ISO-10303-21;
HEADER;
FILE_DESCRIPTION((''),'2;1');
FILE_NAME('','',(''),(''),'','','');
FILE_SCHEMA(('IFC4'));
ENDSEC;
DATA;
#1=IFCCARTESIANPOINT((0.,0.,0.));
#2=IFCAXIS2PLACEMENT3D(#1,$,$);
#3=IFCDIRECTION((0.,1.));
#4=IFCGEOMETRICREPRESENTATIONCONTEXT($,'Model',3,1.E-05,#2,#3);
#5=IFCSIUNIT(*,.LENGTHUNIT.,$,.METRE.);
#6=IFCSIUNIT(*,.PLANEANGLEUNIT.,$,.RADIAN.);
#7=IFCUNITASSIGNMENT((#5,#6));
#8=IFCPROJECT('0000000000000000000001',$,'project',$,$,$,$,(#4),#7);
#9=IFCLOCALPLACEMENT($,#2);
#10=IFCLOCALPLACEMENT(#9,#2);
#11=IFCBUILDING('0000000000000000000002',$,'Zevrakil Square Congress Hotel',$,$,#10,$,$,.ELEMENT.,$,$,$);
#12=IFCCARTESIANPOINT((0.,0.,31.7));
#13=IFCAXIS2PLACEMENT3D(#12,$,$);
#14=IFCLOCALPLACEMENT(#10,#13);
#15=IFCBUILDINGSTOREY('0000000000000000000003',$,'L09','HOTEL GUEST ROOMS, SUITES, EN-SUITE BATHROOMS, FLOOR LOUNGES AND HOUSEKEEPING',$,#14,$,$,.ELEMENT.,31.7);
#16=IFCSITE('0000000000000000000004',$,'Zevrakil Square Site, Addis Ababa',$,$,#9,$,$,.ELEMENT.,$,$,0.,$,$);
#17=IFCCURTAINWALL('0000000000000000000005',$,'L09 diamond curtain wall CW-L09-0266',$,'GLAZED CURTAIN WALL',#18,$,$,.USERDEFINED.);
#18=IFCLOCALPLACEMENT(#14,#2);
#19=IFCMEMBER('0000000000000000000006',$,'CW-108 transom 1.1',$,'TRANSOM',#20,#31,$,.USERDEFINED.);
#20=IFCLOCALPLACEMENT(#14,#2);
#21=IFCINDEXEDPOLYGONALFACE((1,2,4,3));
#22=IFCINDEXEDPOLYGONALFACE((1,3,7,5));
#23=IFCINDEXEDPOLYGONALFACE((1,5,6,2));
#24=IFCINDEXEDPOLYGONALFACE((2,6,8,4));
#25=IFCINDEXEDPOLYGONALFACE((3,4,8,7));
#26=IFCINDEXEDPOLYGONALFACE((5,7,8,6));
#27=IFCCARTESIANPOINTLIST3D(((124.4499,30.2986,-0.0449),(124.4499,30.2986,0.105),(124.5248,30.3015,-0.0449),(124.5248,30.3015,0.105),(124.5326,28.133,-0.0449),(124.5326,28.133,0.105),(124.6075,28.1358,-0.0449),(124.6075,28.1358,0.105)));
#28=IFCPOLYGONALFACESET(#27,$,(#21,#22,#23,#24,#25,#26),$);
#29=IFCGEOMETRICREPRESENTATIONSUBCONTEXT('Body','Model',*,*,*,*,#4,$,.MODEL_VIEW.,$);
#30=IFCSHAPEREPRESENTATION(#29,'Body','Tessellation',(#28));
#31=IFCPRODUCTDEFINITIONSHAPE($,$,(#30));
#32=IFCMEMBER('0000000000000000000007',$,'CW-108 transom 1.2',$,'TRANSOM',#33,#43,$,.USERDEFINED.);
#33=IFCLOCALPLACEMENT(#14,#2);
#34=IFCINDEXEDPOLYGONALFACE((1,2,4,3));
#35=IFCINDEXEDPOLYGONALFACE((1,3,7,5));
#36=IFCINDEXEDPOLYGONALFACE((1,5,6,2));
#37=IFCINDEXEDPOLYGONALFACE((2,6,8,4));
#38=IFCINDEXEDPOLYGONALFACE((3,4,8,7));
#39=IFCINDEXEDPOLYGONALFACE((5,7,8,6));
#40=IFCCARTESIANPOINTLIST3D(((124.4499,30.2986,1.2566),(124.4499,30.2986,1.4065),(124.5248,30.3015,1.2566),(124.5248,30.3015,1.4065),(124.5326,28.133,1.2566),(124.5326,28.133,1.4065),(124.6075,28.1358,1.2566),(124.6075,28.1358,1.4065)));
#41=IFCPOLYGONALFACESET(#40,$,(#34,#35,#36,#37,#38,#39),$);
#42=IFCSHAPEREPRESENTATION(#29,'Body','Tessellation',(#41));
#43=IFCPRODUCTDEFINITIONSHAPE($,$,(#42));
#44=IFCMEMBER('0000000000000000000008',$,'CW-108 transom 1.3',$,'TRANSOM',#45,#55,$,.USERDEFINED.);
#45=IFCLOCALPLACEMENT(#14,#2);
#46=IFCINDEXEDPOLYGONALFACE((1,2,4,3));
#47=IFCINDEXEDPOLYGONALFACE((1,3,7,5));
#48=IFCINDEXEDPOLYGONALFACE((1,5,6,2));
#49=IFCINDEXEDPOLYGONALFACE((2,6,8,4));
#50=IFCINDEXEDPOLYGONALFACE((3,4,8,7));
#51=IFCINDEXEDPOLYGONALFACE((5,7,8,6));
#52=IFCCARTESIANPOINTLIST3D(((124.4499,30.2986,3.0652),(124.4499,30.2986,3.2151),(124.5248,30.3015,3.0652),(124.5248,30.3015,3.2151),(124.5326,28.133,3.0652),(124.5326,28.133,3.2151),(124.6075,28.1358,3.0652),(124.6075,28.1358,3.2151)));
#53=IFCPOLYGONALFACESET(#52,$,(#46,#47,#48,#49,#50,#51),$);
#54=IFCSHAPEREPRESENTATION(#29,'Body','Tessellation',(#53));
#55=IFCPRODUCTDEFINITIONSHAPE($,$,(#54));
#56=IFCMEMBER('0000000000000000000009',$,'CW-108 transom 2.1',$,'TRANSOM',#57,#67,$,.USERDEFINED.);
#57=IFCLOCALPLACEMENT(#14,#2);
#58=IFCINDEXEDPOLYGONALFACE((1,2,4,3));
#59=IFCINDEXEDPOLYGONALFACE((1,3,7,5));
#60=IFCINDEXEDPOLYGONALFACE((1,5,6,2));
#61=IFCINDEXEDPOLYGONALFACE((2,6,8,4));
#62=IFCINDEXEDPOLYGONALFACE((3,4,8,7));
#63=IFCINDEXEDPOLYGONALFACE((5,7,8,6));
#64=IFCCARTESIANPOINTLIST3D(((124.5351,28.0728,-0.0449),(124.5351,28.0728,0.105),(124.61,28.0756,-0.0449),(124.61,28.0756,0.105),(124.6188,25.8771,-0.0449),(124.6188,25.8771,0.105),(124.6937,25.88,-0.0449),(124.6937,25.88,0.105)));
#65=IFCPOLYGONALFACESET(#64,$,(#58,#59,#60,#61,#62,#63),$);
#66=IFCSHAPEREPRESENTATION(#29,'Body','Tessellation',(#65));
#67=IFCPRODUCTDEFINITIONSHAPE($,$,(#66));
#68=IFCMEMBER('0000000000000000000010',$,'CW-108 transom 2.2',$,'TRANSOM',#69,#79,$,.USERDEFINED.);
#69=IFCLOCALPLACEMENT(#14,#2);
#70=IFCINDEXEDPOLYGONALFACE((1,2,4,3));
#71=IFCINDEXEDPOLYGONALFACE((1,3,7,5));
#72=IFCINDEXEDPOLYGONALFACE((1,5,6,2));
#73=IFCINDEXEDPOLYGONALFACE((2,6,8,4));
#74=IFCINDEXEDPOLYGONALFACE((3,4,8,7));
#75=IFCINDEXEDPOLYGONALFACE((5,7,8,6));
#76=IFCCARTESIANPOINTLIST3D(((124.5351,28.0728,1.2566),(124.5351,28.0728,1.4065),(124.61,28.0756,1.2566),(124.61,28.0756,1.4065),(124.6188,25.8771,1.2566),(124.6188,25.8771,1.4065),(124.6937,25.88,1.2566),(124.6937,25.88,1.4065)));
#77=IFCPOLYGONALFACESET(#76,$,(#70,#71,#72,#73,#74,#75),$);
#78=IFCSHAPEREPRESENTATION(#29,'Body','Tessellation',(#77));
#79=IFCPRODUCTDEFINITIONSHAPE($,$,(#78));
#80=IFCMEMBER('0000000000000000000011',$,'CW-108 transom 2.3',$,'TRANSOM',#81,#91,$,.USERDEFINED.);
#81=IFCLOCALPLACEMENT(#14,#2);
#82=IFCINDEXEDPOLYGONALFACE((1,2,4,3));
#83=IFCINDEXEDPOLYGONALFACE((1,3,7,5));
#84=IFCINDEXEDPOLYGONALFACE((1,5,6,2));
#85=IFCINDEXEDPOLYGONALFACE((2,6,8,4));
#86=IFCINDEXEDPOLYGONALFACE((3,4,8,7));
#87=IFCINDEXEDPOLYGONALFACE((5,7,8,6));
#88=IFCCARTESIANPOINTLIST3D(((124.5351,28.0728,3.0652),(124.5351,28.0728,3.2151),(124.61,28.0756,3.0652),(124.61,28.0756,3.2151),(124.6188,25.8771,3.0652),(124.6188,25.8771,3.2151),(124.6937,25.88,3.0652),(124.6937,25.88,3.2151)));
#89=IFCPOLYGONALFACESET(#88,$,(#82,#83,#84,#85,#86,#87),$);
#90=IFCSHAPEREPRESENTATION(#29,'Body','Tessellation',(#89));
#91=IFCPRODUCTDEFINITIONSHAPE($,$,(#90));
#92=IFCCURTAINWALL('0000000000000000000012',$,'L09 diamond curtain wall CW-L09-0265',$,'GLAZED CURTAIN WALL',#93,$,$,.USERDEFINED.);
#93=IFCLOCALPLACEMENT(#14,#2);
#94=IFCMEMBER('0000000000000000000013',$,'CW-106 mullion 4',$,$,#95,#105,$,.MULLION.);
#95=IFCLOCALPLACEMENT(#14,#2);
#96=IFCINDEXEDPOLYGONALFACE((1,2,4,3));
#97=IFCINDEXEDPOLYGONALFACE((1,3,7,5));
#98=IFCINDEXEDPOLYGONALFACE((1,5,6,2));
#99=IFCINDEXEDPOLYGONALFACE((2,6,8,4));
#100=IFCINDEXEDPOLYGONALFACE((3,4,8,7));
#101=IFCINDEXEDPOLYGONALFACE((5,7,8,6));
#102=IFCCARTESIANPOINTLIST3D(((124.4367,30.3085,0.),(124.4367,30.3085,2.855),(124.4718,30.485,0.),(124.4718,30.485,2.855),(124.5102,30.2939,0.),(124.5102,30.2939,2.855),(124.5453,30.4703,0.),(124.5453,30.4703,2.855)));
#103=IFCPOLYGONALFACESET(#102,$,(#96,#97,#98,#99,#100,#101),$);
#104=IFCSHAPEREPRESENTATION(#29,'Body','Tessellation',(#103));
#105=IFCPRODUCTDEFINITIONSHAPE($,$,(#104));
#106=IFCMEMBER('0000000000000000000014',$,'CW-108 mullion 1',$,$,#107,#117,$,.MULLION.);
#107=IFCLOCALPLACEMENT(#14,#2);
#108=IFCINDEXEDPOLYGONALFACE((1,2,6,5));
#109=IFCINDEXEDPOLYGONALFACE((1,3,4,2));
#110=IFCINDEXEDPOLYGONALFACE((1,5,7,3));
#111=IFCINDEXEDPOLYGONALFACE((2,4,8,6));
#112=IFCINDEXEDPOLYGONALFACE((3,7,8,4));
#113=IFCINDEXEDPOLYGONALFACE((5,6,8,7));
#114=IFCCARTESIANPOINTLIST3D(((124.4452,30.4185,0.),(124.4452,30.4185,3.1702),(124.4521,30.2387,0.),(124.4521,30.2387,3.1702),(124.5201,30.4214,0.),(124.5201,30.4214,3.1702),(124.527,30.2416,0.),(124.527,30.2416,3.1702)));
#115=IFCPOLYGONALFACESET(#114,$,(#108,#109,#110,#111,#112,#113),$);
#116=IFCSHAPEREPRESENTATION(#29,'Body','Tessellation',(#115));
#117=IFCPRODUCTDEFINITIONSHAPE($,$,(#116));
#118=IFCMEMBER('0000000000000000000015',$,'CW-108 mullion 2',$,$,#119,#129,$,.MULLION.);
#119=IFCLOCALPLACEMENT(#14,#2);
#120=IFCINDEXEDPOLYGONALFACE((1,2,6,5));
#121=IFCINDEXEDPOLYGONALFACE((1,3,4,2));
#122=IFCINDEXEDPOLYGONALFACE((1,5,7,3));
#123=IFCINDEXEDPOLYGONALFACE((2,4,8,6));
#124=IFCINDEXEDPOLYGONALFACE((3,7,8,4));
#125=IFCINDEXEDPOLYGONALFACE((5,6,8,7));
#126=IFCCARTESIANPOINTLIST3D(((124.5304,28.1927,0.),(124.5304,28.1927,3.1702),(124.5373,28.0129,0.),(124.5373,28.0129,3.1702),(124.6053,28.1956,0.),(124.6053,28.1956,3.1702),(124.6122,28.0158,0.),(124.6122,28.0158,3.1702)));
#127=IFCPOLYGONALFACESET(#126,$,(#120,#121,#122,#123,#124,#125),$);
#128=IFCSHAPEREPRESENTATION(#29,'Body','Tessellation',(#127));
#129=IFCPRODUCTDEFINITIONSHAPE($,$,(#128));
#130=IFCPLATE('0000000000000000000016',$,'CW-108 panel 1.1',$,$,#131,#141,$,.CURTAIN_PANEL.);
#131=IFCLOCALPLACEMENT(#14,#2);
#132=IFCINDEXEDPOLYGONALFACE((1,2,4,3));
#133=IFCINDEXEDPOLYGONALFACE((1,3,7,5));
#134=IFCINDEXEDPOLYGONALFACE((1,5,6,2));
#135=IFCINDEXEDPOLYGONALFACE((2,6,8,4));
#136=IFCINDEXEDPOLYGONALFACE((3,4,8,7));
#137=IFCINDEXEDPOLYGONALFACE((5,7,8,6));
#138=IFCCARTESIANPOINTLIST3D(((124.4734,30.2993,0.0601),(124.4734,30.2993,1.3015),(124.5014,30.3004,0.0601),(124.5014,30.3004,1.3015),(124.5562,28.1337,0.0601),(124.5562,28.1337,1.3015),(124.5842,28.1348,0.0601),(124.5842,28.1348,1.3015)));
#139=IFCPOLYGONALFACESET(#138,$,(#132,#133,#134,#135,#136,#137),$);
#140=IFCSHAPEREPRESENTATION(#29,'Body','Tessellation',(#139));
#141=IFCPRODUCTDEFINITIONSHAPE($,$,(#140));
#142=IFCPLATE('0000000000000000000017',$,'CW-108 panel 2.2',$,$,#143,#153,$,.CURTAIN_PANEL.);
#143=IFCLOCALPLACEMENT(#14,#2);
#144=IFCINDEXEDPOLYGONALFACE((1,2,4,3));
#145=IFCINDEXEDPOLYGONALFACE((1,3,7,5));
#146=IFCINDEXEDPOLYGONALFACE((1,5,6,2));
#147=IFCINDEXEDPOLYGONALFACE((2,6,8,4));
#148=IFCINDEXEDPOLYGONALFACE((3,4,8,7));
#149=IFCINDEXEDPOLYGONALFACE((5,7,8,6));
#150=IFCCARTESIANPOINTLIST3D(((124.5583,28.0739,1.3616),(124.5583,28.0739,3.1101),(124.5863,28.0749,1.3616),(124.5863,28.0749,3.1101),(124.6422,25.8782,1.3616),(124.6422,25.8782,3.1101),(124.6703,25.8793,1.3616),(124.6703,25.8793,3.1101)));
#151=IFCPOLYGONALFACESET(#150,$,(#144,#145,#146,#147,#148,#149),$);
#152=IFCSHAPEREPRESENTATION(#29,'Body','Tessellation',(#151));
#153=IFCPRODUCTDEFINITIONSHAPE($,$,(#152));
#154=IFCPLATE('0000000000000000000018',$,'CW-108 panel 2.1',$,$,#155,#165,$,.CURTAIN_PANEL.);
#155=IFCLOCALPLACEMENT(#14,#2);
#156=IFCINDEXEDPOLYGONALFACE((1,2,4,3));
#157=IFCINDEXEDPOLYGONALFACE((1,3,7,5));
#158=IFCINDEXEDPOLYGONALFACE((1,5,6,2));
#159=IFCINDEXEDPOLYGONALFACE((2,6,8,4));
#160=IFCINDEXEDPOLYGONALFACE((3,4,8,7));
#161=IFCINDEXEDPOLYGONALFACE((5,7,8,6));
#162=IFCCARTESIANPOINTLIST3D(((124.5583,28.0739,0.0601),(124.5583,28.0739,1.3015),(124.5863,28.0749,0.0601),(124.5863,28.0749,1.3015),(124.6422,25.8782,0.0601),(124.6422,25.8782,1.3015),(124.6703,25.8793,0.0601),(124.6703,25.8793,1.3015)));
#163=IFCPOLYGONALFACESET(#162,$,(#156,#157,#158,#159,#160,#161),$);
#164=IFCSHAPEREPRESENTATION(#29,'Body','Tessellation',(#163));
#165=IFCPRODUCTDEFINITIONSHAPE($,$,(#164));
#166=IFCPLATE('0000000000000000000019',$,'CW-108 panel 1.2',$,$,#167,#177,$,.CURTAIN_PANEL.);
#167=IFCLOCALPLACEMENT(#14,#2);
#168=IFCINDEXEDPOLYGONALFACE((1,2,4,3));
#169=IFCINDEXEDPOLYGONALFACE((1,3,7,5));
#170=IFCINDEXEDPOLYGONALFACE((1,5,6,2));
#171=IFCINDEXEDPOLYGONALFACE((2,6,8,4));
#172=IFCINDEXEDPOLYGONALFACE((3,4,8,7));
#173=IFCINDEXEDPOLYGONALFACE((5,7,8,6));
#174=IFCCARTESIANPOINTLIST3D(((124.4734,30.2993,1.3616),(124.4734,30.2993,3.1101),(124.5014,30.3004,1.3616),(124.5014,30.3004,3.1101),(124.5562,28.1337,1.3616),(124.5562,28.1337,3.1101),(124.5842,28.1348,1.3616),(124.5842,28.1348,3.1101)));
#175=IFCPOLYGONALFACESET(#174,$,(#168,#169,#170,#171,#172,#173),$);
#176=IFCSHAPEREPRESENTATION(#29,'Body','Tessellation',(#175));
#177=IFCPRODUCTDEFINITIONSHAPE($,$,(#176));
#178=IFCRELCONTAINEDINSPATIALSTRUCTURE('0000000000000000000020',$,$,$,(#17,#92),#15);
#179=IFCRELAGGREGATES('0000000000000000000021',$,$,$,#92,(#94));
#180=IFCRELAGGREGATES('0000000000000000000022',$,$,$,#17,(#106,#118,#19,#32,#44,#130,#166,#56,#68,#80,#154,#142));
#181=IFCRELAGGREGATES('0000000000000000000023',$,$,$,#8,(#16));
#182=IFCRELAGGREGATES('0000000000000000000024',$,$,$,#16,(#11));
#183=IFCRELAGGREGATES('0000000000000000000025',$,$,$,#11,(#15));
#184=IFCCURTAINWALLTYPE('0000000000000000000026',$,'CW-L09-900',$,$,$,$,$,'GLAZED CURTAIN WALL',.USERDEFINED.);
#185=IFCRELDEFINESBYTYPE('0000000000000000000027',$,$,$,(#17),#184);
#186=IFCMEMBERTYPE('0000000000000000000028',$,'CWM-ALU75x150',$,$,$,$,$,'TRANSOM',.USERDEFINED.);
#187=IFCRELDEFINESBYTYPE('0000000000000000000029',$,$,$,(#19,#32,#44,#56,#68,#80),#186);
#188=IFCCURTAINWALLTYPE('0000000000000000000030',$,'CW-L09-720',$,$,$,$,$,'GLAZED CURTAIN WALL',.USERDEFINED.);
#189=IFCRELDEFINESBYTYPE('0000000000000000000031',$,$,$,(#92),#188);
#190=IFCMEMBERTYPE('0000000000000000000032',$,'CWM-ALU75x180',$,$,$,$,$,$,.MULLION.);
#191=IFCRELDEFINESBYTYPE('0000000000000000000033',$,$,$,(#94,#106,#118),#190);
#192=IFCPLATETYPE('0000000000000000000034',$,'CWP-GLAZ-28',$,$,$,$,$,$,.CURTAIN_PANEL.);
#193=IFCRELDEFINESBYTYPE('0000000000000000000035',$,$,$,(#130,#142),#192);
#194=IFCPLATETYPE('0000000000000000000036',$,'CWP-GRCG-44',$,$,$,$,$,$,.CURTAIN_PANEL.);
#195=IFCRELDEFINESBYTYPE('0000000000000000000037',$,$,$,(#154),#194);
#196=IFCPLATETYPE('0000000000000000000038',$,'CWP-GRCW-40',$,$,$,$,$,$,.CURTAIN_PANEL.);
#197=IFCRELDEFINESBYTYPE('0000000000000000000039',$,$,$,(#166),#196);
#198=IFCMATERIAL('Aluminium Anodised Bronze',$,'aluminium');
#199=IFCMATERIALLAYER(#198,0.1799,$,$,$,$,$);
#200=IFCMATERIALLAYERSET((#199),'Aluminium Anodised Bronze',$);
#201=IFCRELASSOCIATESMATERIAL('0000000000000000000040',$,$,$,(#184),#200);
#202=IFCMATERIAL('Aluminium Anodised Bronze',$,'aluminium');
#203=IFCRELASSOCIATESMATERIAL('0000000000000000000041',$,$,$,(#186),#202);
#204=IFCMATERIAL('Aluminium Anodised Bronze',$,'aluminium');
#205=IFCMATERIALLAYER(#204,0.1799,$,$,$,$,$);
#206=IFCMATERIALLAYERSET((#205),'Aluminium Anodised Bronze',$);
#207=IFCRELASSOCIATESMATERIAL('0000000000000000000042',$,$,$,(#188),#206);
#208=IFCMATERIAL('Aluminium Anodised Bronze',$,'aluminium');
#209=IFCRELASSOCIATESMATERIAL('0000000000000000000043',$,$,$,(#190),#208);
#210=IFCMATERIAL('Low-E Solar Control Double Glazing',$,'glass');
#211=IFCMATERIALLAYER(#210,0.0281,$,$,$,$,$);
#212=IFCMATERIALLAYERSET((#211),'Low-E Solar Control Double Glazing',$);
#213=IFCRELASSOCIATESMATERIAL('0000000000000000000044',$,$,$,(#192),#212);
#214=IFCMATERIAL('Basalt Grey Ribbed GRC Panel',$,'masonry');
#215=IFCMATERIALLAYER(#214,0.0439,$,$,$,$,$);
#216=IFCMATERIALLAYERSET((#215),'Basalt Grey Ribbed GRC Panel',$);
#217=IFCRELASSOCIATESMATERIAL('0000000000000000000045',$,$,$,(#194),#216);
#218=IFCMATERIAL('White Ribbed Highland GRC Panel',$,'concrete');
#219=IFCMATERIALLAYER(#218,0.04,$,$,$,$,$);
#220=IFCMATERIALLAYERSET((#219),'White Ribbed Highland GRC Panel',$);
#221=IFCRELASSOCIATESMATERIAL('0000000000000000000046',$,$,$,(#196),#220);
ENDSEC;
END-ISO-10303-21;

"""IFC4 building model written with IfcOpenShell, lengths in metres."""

from ifc_helpers import new_model, si_unit, direction, frame, origin, origin_2d, place, context, subcontext, project, spatial, rectangle, extrude, material, layer, layer_set, material_profile, profile_set, type_object, element, aggregate, save


model = new_model("IFC4")

# Units and contexts
model_context = context("Model", 3, precision=1e-05, world=origin(), true_north=direction((0.0, 1.0)))
body_context = subcontext(model_context, "Body", "Model", "MODEL_VIEW")
ifc_project = project(units=[si_unit("LENGTHUNIT", "METRE"), si_unit("PLANEANGLEUNIT", "RADIAN")], contexts=[model_context])

# Site, building, storey
site_placement = place(None, origin())
site = spatial("IfcSite", under=ifc_project, at=site_placement, Name="Zevrakil Square Site, Addis Ababa", CompositionType="ELEMENT", RefElevation=0.0)
building_placement = place(site_placement, origin())
building = spatial("IfcBuilding", under=site, at=building_placement, Name="Zevrakil Square Congress Hotel", CompositionType="ELEMENT")
storey_placement = place(building_placement, frame((0.0, 0.0, 31.7)))
storey = spatial("IfcBuildingStorey", under=building, at=storey_placement, Name="L09", Description="HOTEL GUEST ROOMS, SUITES, EN-SUITE BATHROOMS, FLOOR LOUNGES AND HOUSEKEEPING", CompositionType="ELEMENT", Elevation=31.7)

# Curtain wall, members
ifc_material_1 = material(Name="Aluminium Anodised Bronze", Category="aluminium")
ifc_layer_1 = layer(ifc_material_1, 0.1799)
ifc_layer_set_1 = layer_set([ifc_layer_1], Name="Aluminium Anodised Bronze")
curtain_wall_type_1 = type_object("IfcCurtainWallType", Name="CW-L09-900", ElementType="GLAZED CURTAIN WALL", PredefinedType="USERDEFINED", material=ifc_layer_set_1)
curtain_wall_1_placement = place(storey_placement, origin())
curtain_wall_1 = element("IfcCurtainWall", 1, at=curtain_wall_1_placement, inside=storey, type_object=curtain_wall_type_1, Name="L09 diamond curtain wall CW-L09-0266", ObjectType="GLAZED CURTAIN WALL", PredefinedType="USERDEFINED")
ifc_material_2 = material(Name="Aluminium Anodised Bronze", Category="aluminium")
ifc_material_profile_1 = material_profile(ifc_material_2, rectangle(XDim=0.075, YDim=0.1499, at=origin_2d()), Name="ALU 75x150")
ifc_profile_set_1 = profile_set([ifc_material_profile_1], Name="Aluminium Anodised Bronze")
member_type_1 = type_object("IfcMemberType", Name="CWM-ALU75x150", ElementType="TRANSOM", PredefinedType="USERDEFINED", material=ifc_profile_set_1)
member_1_placement = place(storey_placement, frame((124.4873, 30.3, 0.03), z_axis=(0.038187, -0.999271, 0.0), x_axis=(0.999271, 0.038187, 0.0)))
member_1 = element("IfcMember", 2, at=member_1_placement, type_object=member_type_1, Name="CW-108 transom 1.1", ObjectType="TRANSOM", PredefinedType="USERDEFINED", context=body_context, shape_type="SweptSolid", body=[
    extrude(rectangle(XDim=0.075, YDim=0.1499, at=origin_2d()), origin(), (0.0, 0.0, 1.0), 2.1672),
])
member_2_placement = place(storey_placement, frame((124.4873, 30.3, 1.3315), z_axis=(0.038187, -0.999271, 0.0), x_axis=(0.999271, 0.038187, 0.0)))
member_2 = element("IfcMember", 3, at=member_2_placement, type_object=member_type_1, Name="CW-108 transom 1.2", ObjectType="TRANSOM", PredefinedType="USERDEFINED", context=body_context, shape_type="SweptSolid", body=[
    extrude(rectangle(XDim=0.075, YDim=0.1499, at=origin_2d()), origin(), (0.0, 0.0, 1.0), 2.1672),
])
member_3_placement = place(storey_placement, frame((124.4873, 30.3, 3.1401), z_axis=(0.038187, -0.999271, 0.0), x_axis=(0.999271, 0.038187, 0.0)))
member_3 = element("IfcMember", 4, at=member_3_placement, type_object=member_type_1, Name="CW-108 transom 1.3", ObjectType="TRANSOM", PredefinedType="USERDEFINED", context=body_context, shape_type="SweptSolid", body=[
    extrude(rectangle(XDim=0.075, YDim=0.1499, at=origin_2d()), origin(), (0.0, 0.0, 1.0), 2.1672),
])
member_4_placement = place(storey_placement, frame((124.5725, 28.0742, 0.03), z_axis=(0.038113, -0.999273, 0.0), x_axis=(0.999273, 0.038113, 0.0)))
member_4 = element("IfcMember", 5, at=member_4_placement, type_object=member_type_1, Name="CW-108 transom 2.1", ObjectType="TRANSOM", PredefinedType="USERDEFINED", context=body_context, shape_type="SweptSolid", body=[
    extrude(rectangle(XDim=0.075, YDim=0.1499, at=origin_2d()), origin(), (0.0, 0.0, 1.0), 2.1973),
])
member_5_placement = place(storey_placement, frame((124.5725, 28.0742, 1.3315), z_axis=(0.038113, -0.999273, 0.0), x_axis=(0.999273, 0.038113, 0.0)))
member_5 = element("IfcMember", 6, at=member_5_placement, type_object=member_type_1, Name="CW-108 transom 2.2", ObjectType="TRANSOM", PredefinedType="USERDEFINED", context=body_context, shape_type="SweptSolid", body=[
    extrude(rectangle(XDim=0.075, YDim=0.1499, at=origin_2d()), origin(), (0.0, 0.0, 1.0), 2.1973),
])
member_6_placement = place(storey_placement, frame((124.5725, 28.0742, 3.1401), z_axis=(0.038113, -0.999273, 0.0), x_axis=(0.999273, 0.038113, 0.0)))
member_6 = element("IfcMember", 7, at=member_6_placement, type_object=member_type_1, Name="CW-108 transom 2.3", ObjectType="TRANSOM", PredefinedType="USERDEFINED", context=body_context, shape_type="SweptSolid", body=[
    extrude(rectangle(XDim=0.075, YDim=0.1499, at=origin_2d()), origin(), (0.0, 0.0, 1.0), 2.1973),
])

# Curtain wall, member
ifc_material_3 = material(Name="Aluminium Anodised Bronze", Category="aluminium")
ifc_layer_2 = layer(ifc_material_3, 0.1799)
ifc_layer_set_2 = layer_set([ifc_layer_2], Name="Aluminium Anodised Bronze")
curtain_wall_type_2 = type_object("IfcCurtainWallType", Name="CW-L09-720", ElementType="GLAZED CURTAIN WALL", PredefinedType="USERDEFINED", material=ifc_layer_set_2)
curtain_wall_2_placement = place(storey_placement, origin())
curtain_wall_2 = element("IfcCurtainWall", 8, at=curtain_wall_2_placement, inside=storey, type_object=curtain_wall_type_2, Name="L09 diamond curtain wall CW-L09-0265", ObjectType="GLAZED CURTAIN WALL", PredefinedType="USERDEFINED")
ifc_material_4 = material(Name="Aluminium Anodised Bronze", Category="aluminium")
ifc_material_profile_2 = material_profile(ifc_material_4, rectangle(XDim=0.075, YDim=0.1799, at=origin_2d()), Name="ALU 75x180")
ifc_profile_set_2 = profile_set([ifc_material_profile_2], Name="Aluminium Anodised Bronze")
member_type_2 = type_object("IfcMemberType", Name="CWM-ALU75x180", PredefinedType="MULLION", material=ifc_profile_set_2)
member_7_placement = place(storey_placement, frame((124.491, 30.3894, 0.0), z_axis=(0.0, 0.0, 1.0), x_axis=(0.980787, -0.195084, 0.0)))
member_7 = element("IfcMember", 9, at=member_7_placement, type_object=member_type_2, Name="CW-106 mullion 4", PredefinedType="MULLION", context=body_context, shape_type="SweptSolid", body=[
    extrude(rectangle(XDim=0.075, YDim=0.1799, at=origin_2d()), origin(), (0.0, 0.0, 1.0), 2.855),
])
aggregate(curtain_wall_2, [member_7])

# Members
member_8_placement = place(storey_placement, frame((124.4861, 30.3301, 0.0), z_axis=(0.0, 0.0, 1.0), x_axis=(0.99927, 0.038209, 0.0)))
member_8 = element("IfcMember", 10, at=member_8_placement, type_object=member_type_2, Name="CW-108 mullion 1", PredefinedType="MULLION", context=body_context, shape_type="SweptSolid", body=[
    extrude(rectangle(XDim=0.075, YDim=0.1799, at=origin_2d()), origin(), (0.0, 0.0, 1.0), 3.1702),
])
member_9_placement = place(storey_placement, frame((124.5713, 28.1042, 0.0), z_axis=(0.0, 0.0, 1.0), x_axis=(0.99927, 0.038209, 0.0)))
member_9 = element("IfcMember", 11, at=member_9_placement, type_object=member_type_2, Name="CW-108 mullion 2", PredefinedType="MULLION", context=body_context, shape_type="SweptSolid", body=[
    extrude(rectangle(XDim=0.075, YDim=0.1799, at=origin_2d()), origin(), (0.0, 0.0, 1.0), 3.1702),
])

# Plates
ifc_material_5 = material(Name="Low-E Solar Control Double Glazing", Category="glass")
ifc_layer_3 = layer(ifc_material_5, 0.0281)
ifc_layer_set_3 = layer_set([ifc_layer_3], Name="Low-E Solar Control Double Glazing")
plate_type_1 = type_object("IfcPlateType", Name="CWP-GLAZ-28", PredefinedType="CURTAIN_PANEL", material=ifc_layer_set_3)
plate_1_placement = place(storey_placement, frame((124.5288, 29.217, 0.0601), z_axis=(0.0, 0.0, 1.0), x_axis=(0.038209, -0.99927, 0.0)))
plate_1 = element("IfcPlate", 12, at=plate_1_placement, type_object=plate_type_1, Name="CW-108 panel 1.1", PredefinedType="CURTAIN_PANEL", context=body_context, shape_type="SweptSolid", body=[
    extrude(rectangle(XDim=2.1672, YDim=0.0281, at=origin_2d()), origin(), (0.0, 0.0, 1.0), 1.2415),
])
plate_2_placement = place(storey_placement, frame((124.6143, 26.9766, 1.3616), z_axis=(0.0, 0.0, 1.0), x_axis=(0.038209, -0.99927, 0.0)))
plate_2 = element("IfcPlate", 13, at=plate_2_placement, type_object=plate_type_1, Name="CW-108 panel 2.2", PredefinedType="CURTAIN_PANEL", context=body_context, shape_type="SweptSolid", body=[
    extrude(rectangle(XDim=2.1973, YDim=0.0281, at=origin_2d()), origin(), (0.0, 0.0, 1.0), 1.7485),
])
ifc_material_6 = material(Name="Basalt Grey Ribbed GRC Panel", Category="masonry")
ifc_layer_4 = layer(ifc_material_6, 0.0439)
ifc_layer_set_4 = layer_set([ifc_layer_4], Name="Basalt Grey Ribbed GRC Panel")
plate_type_2 = type_object("IfcPlateType", Name="CWP-GRCG-44", PredefinedType="CURTAIN_PANEL", material=ifc_layer_set_4)
plate_3_placement = place(storey_placement, frame((124.6143, 26.9766, 0.0601), z_axis=(0.0, 0.0, 1.0), x_axis=(0.038209, -0.99927, 0.0)))
plate_3 = element("IfcPlate", 14, at=plate_3_placement, type_object=plate_type_2, Name="CW-108 panel 2.1", PredefinedType="CURTAIN_PANEL", context=body_context, shape_type="SweptSolid", body=[
    extrude(rectangle(XDim=2.1973, YDim=0.0281, at=origin_2d()), origin(), (0.0, 0.0, 1.0), 1.2415),
])
ifc_material_7 = material(Name="White Ribbed Highland GRC Panel", Category="concrete")
ifc_layer_5 = layer(ifc_material_7, 0.04)
ifc_layer_set_5 = layer_set([ifc_layer_5], Name="White Ribbed Highland GRC Panel")
plate_type_3 = type_object("IfcPlateType", Name="CWP-GRCW-40", PredefinedType="CURTAIN_PANEL", material=ifc_layer_set_5)
plate_4_placement = place(storey_placement, frame((124.5288, 29.217, 1.3616), z_axis=(0.0, 0.0, 1.0), x_axis=(0.038209, -0.99927, 0.0)))
plate_4 = element("IfcPlate", 15, at=plate_4_placement, type_object=plate_type_3, Name="CW-108 panel 1.2", PredefinedType="CURTAIN_PANEL", context=body_context, shape_type="SweptSolid", body=[
    extrude(rectangle(XDim=2.1672, YDim=0.0281, at=origin_2d()), origin(), (0.0, 0.0, 1.0), 1.7485),
])
aggregate(curtain_wall_1, [member_8, member_9, member_1, member_2, member_3, plate_1, plate_4, member_4, member_5, member_6, plate_3, plate_2])

save(model, "model.ifc")
